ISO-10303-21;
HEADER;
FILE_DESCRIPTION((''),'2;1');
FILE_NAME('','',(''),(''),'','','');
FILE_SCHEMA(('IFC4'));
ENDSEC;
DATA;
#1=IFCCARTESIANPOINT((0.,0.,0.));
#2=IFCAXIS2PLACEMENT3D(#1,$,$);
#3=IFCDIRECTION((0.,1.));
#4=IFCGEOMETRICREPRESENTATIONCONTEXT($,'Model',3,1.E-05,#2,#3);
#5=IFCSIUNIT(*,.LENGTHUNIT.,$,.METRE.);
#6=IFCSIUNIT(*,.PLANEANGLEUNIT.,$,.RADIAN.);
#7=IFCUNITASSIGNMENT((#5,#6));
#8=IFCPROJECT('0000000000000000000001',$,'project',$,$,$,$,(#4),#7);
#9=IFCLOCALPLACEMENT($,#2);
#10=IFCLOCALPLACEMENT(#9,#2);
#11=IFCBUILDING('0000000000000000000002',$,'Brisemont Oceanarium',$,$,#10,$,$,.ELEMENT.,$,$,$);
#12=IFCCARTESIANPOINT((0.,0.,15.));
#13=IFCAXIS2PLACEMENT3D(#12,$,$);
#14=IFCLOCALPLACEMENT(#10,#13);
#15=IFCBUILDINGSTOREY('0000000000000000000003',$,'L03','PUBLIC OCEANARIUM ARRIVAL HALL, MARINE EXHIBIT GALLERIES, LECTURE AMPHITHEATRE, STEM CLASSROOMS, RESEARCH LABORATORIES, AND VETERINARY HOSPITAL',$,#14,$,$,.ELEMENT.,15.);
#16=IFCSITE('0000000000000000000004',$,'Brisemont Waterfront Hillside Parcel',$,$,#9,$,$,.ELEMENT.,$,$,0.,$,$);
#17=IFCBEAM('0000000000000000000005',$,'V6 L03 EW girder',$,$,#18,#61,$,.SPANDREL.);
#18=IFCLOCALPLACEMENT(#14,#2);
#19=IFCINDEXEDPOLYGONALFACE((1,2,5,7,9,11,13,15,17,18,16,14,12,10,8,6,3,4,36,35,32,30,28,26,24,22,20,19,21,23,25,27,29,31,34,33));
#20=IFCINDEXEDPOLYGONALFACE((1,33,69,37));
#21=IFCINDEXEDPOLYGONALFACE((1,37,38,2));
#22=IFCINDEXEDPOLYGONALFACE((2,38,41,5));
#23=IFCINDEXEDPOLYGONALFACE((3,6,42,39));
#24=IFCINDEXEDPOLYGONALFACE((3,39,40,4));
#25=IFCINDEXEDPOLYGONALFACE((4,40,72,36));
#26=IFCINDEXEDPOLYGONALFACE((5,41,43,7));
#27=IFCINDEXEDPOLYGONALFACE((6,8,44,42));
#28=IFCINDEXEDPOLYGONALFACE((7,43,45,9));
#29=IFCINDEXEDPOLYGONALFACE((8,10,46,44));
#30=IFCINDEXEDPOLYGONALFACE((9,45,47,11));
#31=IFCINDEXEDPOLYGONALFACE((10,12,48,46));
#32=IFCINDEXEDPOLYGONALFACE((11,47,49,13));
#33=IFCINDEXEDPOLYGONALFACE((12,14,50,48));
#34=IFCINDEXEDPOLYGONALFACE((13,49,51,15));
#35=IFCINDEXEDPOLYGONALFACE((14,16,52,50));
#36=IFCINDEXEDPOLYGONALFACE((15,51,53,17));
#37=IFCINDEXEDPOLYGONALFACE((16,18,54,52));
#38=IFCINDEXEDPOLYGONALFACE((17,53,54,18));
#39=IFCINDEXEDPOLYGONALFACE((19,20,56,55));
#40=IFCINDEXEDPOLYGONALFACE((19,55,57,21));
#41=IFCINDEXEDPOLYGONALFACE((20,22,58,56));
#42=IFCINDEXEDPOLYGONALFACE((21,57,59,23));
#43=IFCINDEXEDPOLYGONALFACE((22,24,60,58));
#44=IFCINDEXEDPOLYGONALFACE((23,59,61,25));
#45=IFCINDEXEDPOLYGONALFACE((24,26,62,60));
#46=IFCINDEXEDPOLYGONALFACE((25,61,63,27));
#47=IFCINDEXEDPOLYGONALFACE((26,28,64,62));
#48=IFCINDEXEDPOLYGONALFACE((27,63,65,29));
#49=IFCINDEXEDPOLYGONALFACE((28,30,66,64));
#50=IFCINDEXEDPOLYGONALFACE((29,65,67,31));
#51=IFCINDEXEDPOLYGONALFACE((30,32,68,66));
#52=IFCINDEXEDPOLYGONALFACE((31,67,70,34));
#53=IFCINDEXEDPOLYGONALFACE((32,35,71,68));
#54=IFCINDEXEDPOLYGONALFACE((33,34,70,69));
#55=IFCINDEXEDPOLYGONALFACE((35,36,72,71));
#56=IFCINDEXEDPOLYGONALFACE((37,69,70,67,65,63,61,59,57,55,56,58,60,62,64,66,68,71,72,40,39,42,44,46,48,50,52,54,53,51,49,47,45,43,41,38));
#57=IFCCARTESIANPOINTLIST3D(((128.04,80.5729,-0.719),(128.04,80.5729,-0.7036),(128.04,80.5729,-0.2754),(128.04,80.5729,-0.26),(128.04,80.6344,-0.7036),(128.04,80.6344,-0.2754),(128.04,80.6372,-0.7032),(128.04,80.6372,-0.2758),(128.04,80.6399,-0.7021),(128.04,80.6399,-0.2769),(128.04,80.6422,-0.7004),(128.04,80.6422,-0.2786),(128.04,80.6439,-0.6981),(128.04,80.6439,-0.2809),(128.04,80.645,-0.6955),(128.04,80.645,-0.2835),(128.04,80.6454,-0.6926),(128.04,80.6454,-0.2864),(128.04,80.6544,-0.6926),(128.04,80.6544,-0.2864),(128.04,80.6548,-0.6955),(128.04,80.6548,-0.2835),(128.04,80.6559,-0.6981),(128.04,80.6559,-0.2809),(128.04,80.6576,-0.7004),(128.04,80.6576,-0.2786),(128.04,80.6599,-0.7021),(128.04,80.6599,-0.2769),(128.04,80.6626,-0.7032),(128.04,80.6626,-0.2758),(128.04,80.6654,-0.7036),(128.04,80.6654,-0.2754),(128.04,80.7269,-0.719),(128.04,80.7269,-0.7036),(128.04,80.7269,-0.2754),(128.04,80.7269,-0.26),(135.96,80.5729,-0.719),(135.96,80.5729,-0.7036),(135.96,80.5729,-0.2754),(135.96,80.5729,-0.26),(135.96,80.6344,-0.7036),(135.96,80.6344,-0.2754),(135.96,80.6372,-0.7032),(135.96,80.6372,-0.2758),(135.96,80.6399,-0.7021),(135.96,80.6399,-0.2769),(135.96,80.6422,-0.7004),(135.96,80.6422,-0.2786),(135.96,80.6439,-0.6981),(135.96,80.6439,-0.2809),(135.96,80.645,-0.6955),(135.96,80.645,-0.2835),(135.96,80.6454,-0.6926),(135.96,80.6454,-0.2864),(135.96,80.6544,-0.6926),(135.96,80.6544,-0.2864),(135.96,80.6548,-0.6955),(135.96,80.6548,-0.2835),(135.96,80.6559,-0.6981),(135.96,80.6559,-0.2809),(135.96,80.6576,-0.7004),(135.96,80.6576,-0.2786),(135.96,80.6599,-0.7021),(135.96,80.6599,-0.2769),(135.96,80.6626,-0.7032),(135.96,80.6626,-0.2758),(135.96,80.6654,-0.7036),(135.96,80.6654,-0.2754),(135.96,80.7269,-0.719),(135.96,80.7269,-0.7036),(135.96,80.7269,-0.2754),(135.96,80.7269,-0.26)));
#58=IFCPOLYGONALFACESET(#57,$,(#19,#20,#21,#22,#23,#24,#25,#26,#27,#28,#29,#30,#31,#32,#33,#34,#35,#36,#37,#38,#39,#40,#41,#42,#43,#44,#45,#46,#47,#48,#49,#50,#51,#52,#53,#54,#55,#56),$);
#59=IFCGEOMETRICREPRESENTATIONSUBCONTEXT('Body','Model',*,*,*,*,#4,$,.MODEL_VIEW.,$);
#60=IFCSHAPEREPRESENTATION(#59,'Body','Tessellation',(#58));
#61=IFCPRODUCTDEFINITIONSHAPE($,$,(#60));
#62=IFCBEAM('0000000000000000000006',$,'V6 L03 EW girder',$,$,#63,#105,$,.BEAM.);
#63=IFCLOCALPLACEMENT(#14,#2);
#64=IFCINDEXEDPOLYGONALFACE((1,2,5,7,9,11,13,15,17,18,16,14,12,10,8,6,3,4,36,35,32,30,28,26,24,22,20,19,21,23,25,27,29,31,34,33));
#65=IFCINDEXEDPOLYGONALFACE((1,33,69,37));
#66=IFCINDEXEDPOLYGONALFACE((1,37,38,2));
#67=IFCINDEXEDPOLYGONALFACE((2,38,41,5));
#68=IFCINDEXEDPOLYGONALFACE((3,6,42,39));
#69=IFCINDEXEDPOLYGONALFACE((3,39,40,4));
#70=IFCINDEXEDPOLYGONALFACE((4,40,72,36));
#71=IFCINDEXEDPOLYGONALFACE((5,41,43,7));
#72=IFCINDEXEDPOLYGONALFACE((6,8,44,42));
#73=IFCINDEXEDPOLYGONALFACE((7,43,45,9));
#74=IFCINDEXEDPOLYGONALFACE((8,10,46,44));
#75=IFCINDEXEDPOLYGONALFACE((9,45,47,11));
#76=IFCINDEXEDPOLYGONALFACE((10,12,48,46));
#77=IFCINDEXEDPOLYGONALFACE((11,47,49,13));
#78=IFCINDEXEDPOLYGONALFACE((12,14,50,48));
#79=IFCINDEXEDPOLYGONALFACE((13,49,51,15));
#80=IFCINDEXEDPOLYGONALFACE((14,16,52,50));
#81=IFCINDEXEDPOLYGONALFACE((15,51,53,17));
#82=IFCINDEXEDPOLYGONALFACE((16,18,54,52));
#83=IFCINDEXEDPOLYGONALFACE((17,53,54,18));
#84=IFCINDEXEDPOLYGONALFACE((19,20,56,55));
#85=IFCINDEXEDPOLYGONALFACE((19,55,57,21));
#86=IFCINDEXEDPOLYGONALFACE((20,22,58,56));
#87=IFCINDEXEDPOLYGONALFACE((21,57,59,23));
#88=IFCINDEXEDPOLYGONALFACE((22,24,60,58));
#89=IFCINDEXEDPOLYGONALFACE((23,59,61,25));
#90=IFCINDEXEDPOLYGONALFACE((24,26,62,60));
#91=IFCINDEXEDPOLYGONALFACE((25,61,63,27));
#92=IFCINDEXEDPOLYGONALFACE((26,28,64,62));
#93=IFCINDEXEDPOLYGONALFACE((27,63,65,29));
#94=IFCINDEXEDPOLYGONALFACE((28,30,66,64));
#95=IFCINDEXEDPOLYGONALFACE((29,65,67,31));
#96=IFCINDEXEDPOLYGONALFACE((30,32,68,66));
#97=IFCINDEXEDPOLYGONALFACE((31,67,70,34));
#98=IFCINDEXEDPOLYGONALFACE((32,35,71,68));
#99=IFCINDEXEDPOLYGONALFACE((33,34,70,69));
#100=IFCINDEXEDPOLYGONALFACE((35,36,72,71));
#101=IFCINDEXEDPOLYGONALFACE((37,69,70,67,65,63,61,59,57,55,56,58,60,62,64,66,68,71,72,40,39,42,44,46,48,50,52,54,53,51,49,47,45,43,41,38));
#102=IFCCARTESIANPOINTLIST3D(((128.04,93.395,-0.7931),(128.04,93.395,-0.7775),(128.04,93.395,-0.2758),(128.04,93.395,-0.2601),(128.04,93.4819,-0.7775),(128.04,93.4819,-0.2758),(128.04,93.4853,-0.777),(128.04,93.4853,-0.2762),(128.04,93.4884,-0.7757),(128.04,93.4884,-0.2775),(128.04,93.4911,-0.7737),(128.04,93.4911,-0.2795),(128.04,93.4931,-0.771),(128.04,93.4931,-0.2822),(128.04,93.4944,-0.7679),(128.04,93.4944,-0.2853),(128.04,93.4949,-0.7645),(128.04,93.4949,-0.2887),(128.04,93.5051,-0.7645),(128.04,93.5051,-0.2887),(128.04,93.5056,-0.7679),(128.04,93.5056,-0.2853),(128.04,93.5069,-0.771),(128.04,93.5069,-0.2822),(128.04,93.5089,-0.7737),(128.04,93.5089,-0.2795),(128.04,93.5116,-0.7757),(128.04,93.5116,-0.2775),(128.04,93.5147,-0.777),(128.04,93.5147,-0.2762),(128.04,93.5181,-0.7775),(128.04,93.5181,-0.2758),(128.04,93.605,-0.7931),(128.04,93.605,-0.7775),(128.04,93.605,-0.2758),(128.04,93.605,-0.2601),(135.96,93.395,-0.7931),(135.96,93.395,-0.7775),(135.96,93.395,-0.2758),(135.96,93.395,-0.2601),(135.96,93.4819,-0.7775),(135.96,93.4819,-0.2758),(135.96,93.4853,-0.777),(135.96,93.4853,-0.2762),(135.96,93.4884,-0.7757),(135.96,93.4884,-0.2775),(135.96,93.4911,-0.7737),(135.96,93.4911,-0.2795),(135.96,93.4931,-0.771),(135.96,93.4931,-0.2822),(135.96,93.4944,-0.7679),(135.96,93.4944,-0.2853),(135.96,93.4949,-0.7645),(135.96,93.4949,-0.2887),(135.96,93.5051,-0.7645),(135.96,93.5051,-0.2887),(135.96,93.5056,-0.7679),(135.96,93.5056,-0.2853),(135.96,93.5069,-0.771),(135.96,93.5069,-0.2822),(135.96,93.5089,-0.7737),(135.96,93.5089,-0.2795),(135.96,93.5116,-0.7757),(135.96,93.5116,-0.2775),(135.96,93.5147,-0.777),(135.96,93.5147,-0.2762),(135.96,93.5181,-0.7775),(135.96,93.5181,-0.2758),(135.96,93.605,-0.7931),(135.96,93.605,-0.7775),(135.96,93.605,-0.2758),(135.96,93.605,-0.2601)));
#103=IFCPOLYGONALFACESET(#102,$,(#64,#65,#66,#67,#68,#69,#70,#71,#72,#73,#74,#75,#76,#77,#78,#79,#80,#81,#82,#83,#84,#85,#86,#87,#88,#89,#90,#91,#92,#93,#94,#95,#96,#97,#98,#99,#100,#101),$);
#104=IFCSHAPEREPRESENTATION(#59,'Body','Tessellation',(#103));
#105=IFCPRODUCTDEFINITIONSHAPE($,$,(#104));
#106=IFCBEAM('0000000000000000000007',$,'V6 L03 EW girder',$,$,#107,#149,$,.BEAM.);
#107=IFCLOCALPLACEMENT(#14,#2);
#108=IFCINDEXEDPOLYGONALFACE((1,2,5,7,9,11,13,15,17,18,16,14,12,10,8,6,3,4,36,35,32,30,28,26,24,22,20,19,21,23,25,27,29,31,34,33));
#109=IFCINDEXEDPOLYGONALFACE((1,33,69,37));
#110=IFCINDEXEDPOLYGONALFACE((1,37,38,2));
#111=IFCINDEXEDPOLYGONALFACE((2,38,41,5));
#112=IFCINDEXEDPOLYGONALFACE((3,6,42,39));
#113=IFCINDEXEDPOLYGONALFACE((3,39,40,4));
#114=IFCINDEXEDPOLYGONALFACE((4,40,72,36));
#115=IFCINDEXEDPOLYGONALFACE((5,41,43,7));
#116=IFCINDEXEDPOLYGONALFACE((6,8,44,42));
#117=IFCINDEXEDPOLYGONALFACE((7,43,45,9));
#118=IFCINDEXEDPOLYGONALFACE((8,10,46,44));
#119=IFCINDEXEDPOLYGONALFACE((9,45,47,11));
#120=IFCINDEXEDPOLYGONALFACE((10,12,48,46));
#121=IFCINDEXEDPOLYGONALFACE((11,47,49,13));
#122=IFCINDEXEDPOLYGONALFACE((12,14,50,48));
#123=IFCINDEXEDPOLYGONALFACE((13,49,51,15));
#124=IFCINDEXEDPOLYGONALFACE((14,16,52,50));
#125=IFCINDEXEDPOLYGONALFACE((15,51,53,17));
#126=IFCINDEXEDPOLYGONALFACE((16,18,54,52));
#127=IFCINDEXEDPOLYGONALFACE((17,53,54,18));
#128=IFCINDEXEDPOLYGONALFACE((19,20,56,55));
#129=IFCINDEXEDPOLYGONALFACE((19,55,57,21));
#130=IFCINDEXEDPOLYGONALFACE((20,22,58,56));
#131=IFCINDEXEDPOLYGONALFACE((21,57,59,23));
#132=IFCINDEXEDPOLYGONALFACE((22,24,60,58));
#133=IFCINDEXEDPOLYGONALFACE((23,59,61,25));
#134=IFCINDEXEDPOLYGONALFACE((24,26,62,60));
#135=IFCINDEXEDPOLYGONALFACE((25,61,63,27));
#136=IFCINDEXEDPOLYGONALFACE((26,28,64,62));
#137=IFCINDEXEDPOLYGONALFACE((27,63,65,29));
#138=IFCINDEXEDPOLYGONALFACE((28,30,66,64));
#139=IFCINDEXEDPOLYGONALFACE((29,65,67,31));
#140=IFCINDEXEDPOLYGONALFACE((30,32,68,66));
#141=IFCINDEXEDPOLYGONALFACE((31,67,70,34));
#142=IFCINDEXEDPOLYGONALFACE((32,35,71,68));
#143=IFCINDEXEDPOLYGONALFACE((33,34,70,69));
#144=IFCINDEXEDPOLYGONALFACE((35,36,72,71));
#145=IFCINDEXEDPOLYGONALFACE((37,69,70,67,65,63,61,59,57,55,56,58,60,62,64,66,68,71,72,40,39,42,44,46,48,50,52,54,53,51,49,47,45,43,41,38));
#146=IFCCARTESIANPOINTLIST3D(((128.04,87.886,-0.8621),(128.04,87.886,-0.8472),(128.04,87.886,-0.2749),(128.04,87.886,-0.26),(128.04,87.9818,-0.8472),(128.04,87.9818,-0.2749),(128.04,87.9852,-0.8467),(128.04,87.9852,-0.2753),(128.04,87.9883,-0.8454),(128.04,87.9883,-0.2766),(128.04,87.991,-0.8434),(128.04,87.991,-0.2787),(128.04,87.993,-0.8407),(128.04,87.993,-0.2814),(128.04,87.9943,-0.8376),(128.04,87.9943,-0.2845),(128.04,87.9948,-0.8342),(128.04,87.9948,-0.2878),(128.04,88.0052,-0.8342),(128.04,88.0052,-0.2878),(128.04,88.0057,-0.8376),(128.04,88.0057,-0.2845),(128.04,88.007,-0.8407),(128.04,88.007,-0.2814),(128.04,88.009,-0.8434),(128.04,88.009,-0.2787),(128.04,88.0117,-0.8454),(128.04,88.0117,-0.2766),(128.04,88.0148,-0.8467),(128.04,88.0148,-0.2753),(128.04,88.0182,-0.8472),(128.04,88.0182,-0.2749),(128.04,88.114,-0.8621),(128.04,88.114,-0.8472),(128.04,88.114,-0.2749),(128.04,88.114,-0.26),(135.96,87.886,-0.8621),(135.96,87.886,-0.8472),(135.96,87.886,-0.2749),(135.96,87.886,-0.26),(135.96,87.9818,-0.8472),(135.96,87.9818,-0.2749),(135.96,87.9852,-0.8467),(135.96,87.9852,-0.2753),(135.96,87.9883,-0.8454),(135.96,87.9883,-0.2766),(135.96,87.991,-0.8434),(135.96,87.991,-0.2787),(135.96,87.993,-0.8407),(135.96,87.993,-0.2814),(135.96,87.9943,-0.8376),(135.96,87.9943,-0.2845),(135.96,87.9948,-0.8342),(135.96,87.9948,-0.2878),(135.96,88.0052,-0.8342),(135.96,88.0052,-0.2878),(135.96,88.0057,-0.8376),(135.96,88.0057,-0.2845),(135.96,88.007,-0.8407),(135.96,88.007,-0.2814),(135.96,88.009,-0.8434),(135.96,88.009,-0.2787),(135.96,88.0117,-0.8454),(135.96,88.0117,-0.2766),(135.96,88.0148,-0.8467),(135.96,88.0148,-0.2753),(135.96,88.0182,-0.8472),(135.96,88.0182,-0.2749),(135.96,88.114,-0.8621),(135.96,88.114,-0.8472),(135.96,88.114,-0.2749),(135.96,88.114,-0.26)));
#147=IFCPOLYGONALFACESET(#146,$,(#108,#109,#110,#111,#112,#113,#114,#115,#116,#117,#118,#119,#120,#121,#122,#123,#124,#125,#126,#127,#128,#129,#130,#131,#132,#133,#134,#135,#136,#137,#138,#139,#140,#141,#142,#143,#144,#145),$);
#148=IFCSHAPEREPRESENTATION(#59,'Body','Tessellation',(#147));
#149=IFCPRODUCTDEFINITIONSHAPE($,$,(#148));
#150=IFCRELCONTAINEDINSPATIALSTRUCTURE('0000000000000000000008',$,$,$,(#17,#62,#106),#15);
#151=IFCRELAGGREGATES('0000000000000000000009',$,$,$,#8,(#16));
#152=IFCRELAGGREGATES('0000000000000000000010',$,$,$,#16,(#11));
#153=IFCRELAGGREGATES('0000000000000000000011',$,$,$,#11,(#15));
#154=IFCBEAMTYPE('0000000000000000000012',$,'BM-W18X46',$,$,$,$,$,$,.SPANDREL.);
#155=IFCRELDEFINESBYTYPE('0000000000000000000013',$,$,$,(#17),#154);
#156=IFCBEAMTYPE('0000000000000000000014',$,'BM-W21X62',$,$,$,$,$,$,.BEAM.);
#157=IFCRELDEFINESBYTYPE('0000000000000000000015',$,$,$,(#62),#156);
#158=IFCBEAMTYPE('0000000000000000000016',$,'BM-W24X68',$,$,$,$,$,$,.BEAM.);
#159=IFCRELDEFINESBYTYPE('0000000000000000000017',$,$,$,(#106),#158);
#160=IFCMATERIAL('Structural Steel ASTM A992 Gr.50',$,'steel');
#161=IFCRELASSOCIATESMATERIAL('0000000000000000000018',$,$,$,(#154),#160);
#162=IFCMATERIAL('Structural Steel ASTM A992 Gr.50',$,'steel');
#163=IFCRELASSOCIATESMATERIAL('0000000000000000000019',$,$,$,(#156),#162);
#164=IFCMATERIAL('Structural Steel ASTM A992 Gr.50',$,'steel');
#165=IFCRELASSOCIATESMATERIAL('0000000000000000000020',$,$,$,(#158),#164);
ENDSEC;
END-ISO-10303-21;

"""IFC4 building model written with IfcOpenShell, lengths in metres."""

from ifc_helpers import new_model, si_unit, direction, frame, origin, origin_2d, place, context, subcontext, project, spatial, i_section, extrude, material, material_profile, profile_set, type_object, element, save


model = new_model("IFC4")

# Units and contexts
model_context = context("Model", 3, precision=1e-05, world=origin(), true_north=direction((0.0, 1.0)))
body_context = subcontext(model_context, "Body", "Model", "MODEL_VIEW")
ifc_project = project(units=[si_unit("LENGTHUNIT", "METRE"), si_unit("PLANEANGLEUNIT", "RADIAN")], contexts=[model_context])

# Site, building, storey
site_placement = place(None, origin())
site = spatial("IfcSite", under=ifc_project, at=site_placement, Name="Brisemont Waterfront Hillside Parcel", CompositionType="ELEMENT", RefElevation=0.0)
building_placement = place(site_placement, origin())
building = spatial("IfcBuilding", under=site, at=building_placement, Name="Brisemont Oceanarium", CompositionType="ELEMENT")
storey_placement = place(building_placement, frame((0.0, 0.0, 15.0)))
storey = spatial("IfcBuildingStorey", under=building, at=storey_placement, Name="L03", Description="PUBLIC OCEANARIUM ARRIVAL HALL, MARINE EXHIBIT GALLERIES, LECTURE AMPHITHEATRE, STEM CLASSROOMS, RESEARCH LABORATORIES, AND VETERINARY HOSPITAL", CompositionType="ELEMENT", Elevation=15.0)

# Beams
ifc_material_1 = material(Name="Structural Steel ASTM A992 Gr.50", Category="steel")
ifc_material_profile_1 = material_profile(ifc_material_1, i_section(OverallWidth=0.1541, OverallDepth=0.459, WebThickness=0.009, FlangeThickness=0.0154, FilletRadius=0.011, at=origin_2d()), Name="W18X46")
ifc_profile_set_1 = profile_set([ifc_material_profile_1], Name="Structural Steel ASTM A992 Gr.50")
beam_type_1 = type_object("IfcBeamType", Name="BM-W18X46", PredefinedType="SPANDREL", material=ifc_profile_set_1)
beam_1_placement = place(storey_placement, frame((128.04, 80.6499, -0.4895), z_axis=(1.0, 0.0, 0.0), x_axis=(0.0, 1.0, 0.0)))
element("IfcBeam", 1, at=beam_1_placement, inside=storey, type_object=beam_type_1, Name="V6 L03 EW girder", PredefinedType="SPANDREL", context=body_context, shape_type="SweptSolid", body=[
    extrude(i_section(OverallWidth=0.1541, OverallDepth=0.459, WebThickness=0.009, FlangeThickness=0.0154, FilletRadius=0.011, at=origin_2d()), origin(), (0.0, 0.0, 1.0), 7.9199),
])
ifc_material_2 = material(Name="Structural Steel ASTM A992 Gr.50", Category="steel")
ifc_material_profile_2 = material_profile(ifc_material_2, i_section(OverallWidth=0.21, OverallDepth=0.533, WebThickness=0.0103, FlangeThickness=0.0156, FilletRadius=0.0129, at=origin_2d()), Name="W21X62")
ifc_profile_set_2 = profile_set([ifc_material_profile_2], Name="Structural Steel ASTM A992 Gr.50")
beam_type_2 = type_object("IfcBeamType", Name="BM-W21X62", PredefinedType="BEAM", material=ifc_profile_set_2)
beam_2_placement = place(storey_placement, frame((128.04, 93.5, -0.5266), z_axis=(1.0, 0.0, 0.0), x_axis=(0.0, 1.0, 0.0)))
element("IfcBeam", 2, at=beam_2_placement, inside=storey, type_object=beam_type_2, Name="V6 L03 EW girder", PredefinedType="BEAM", context=body_context, shape_type="SweptSolid", body=[
    extrude(i_section(OverallWidth=0.21, OverallDepth=0.533, WebThickness=0.0103, FlangeThickness=0.0156, FilletRadius=0.0129, at=origin_2d()), origin(), (0.0, 0.0, 1.0), 7.9199),
])
ifc_material_3 = material(Name="Structural Steel ASTM A992 Gr.50", Category="steel")
ifc_material_profile_3 = material_profile(ifc_material_3, i_section(OverallWidth=0.228, OverallDepth=0.6021, WebThickness=0.0105, FlangeThickness=0.0149, FilletRadius=0.0129, at=origin_2d()), Name="W24X68")
ifc_profile_set_3 = profile_set([ifc_material_profile_3], Name="Structural Steel ASTM A992 Gr.50")
beam_type_3 = type_object("IfcBeamType", Name="BM-W24X68", PredefinedType="BEAM", material=ifc_profile_set_3)
beam_3_placement = place(storey_placement, frame((128.04, 88.0, -0.561), z_axis=(1.0, 0.0, 0.0), x_axis=(0.0, 1.0, 0.0)))
element("IfcBeam", 3, at=beam_3_placement, inside=storey, type_object=beam_type_3, Name="V6 L03 EW girder", PredefinedType="BEAM", context=body_context, shape_type="SweptSolid", body=[
    extrude(i_section(OverallWidth=0.228, OverallDepth=0.6021, WebThickness=0.0105, FlangeThickness=0.0149, FilletRadius=0.0129, at=origin_2d()), origin(), (0.0, 0.0, 1.0), 7.9199),
])

save(model, "model.ifc")
